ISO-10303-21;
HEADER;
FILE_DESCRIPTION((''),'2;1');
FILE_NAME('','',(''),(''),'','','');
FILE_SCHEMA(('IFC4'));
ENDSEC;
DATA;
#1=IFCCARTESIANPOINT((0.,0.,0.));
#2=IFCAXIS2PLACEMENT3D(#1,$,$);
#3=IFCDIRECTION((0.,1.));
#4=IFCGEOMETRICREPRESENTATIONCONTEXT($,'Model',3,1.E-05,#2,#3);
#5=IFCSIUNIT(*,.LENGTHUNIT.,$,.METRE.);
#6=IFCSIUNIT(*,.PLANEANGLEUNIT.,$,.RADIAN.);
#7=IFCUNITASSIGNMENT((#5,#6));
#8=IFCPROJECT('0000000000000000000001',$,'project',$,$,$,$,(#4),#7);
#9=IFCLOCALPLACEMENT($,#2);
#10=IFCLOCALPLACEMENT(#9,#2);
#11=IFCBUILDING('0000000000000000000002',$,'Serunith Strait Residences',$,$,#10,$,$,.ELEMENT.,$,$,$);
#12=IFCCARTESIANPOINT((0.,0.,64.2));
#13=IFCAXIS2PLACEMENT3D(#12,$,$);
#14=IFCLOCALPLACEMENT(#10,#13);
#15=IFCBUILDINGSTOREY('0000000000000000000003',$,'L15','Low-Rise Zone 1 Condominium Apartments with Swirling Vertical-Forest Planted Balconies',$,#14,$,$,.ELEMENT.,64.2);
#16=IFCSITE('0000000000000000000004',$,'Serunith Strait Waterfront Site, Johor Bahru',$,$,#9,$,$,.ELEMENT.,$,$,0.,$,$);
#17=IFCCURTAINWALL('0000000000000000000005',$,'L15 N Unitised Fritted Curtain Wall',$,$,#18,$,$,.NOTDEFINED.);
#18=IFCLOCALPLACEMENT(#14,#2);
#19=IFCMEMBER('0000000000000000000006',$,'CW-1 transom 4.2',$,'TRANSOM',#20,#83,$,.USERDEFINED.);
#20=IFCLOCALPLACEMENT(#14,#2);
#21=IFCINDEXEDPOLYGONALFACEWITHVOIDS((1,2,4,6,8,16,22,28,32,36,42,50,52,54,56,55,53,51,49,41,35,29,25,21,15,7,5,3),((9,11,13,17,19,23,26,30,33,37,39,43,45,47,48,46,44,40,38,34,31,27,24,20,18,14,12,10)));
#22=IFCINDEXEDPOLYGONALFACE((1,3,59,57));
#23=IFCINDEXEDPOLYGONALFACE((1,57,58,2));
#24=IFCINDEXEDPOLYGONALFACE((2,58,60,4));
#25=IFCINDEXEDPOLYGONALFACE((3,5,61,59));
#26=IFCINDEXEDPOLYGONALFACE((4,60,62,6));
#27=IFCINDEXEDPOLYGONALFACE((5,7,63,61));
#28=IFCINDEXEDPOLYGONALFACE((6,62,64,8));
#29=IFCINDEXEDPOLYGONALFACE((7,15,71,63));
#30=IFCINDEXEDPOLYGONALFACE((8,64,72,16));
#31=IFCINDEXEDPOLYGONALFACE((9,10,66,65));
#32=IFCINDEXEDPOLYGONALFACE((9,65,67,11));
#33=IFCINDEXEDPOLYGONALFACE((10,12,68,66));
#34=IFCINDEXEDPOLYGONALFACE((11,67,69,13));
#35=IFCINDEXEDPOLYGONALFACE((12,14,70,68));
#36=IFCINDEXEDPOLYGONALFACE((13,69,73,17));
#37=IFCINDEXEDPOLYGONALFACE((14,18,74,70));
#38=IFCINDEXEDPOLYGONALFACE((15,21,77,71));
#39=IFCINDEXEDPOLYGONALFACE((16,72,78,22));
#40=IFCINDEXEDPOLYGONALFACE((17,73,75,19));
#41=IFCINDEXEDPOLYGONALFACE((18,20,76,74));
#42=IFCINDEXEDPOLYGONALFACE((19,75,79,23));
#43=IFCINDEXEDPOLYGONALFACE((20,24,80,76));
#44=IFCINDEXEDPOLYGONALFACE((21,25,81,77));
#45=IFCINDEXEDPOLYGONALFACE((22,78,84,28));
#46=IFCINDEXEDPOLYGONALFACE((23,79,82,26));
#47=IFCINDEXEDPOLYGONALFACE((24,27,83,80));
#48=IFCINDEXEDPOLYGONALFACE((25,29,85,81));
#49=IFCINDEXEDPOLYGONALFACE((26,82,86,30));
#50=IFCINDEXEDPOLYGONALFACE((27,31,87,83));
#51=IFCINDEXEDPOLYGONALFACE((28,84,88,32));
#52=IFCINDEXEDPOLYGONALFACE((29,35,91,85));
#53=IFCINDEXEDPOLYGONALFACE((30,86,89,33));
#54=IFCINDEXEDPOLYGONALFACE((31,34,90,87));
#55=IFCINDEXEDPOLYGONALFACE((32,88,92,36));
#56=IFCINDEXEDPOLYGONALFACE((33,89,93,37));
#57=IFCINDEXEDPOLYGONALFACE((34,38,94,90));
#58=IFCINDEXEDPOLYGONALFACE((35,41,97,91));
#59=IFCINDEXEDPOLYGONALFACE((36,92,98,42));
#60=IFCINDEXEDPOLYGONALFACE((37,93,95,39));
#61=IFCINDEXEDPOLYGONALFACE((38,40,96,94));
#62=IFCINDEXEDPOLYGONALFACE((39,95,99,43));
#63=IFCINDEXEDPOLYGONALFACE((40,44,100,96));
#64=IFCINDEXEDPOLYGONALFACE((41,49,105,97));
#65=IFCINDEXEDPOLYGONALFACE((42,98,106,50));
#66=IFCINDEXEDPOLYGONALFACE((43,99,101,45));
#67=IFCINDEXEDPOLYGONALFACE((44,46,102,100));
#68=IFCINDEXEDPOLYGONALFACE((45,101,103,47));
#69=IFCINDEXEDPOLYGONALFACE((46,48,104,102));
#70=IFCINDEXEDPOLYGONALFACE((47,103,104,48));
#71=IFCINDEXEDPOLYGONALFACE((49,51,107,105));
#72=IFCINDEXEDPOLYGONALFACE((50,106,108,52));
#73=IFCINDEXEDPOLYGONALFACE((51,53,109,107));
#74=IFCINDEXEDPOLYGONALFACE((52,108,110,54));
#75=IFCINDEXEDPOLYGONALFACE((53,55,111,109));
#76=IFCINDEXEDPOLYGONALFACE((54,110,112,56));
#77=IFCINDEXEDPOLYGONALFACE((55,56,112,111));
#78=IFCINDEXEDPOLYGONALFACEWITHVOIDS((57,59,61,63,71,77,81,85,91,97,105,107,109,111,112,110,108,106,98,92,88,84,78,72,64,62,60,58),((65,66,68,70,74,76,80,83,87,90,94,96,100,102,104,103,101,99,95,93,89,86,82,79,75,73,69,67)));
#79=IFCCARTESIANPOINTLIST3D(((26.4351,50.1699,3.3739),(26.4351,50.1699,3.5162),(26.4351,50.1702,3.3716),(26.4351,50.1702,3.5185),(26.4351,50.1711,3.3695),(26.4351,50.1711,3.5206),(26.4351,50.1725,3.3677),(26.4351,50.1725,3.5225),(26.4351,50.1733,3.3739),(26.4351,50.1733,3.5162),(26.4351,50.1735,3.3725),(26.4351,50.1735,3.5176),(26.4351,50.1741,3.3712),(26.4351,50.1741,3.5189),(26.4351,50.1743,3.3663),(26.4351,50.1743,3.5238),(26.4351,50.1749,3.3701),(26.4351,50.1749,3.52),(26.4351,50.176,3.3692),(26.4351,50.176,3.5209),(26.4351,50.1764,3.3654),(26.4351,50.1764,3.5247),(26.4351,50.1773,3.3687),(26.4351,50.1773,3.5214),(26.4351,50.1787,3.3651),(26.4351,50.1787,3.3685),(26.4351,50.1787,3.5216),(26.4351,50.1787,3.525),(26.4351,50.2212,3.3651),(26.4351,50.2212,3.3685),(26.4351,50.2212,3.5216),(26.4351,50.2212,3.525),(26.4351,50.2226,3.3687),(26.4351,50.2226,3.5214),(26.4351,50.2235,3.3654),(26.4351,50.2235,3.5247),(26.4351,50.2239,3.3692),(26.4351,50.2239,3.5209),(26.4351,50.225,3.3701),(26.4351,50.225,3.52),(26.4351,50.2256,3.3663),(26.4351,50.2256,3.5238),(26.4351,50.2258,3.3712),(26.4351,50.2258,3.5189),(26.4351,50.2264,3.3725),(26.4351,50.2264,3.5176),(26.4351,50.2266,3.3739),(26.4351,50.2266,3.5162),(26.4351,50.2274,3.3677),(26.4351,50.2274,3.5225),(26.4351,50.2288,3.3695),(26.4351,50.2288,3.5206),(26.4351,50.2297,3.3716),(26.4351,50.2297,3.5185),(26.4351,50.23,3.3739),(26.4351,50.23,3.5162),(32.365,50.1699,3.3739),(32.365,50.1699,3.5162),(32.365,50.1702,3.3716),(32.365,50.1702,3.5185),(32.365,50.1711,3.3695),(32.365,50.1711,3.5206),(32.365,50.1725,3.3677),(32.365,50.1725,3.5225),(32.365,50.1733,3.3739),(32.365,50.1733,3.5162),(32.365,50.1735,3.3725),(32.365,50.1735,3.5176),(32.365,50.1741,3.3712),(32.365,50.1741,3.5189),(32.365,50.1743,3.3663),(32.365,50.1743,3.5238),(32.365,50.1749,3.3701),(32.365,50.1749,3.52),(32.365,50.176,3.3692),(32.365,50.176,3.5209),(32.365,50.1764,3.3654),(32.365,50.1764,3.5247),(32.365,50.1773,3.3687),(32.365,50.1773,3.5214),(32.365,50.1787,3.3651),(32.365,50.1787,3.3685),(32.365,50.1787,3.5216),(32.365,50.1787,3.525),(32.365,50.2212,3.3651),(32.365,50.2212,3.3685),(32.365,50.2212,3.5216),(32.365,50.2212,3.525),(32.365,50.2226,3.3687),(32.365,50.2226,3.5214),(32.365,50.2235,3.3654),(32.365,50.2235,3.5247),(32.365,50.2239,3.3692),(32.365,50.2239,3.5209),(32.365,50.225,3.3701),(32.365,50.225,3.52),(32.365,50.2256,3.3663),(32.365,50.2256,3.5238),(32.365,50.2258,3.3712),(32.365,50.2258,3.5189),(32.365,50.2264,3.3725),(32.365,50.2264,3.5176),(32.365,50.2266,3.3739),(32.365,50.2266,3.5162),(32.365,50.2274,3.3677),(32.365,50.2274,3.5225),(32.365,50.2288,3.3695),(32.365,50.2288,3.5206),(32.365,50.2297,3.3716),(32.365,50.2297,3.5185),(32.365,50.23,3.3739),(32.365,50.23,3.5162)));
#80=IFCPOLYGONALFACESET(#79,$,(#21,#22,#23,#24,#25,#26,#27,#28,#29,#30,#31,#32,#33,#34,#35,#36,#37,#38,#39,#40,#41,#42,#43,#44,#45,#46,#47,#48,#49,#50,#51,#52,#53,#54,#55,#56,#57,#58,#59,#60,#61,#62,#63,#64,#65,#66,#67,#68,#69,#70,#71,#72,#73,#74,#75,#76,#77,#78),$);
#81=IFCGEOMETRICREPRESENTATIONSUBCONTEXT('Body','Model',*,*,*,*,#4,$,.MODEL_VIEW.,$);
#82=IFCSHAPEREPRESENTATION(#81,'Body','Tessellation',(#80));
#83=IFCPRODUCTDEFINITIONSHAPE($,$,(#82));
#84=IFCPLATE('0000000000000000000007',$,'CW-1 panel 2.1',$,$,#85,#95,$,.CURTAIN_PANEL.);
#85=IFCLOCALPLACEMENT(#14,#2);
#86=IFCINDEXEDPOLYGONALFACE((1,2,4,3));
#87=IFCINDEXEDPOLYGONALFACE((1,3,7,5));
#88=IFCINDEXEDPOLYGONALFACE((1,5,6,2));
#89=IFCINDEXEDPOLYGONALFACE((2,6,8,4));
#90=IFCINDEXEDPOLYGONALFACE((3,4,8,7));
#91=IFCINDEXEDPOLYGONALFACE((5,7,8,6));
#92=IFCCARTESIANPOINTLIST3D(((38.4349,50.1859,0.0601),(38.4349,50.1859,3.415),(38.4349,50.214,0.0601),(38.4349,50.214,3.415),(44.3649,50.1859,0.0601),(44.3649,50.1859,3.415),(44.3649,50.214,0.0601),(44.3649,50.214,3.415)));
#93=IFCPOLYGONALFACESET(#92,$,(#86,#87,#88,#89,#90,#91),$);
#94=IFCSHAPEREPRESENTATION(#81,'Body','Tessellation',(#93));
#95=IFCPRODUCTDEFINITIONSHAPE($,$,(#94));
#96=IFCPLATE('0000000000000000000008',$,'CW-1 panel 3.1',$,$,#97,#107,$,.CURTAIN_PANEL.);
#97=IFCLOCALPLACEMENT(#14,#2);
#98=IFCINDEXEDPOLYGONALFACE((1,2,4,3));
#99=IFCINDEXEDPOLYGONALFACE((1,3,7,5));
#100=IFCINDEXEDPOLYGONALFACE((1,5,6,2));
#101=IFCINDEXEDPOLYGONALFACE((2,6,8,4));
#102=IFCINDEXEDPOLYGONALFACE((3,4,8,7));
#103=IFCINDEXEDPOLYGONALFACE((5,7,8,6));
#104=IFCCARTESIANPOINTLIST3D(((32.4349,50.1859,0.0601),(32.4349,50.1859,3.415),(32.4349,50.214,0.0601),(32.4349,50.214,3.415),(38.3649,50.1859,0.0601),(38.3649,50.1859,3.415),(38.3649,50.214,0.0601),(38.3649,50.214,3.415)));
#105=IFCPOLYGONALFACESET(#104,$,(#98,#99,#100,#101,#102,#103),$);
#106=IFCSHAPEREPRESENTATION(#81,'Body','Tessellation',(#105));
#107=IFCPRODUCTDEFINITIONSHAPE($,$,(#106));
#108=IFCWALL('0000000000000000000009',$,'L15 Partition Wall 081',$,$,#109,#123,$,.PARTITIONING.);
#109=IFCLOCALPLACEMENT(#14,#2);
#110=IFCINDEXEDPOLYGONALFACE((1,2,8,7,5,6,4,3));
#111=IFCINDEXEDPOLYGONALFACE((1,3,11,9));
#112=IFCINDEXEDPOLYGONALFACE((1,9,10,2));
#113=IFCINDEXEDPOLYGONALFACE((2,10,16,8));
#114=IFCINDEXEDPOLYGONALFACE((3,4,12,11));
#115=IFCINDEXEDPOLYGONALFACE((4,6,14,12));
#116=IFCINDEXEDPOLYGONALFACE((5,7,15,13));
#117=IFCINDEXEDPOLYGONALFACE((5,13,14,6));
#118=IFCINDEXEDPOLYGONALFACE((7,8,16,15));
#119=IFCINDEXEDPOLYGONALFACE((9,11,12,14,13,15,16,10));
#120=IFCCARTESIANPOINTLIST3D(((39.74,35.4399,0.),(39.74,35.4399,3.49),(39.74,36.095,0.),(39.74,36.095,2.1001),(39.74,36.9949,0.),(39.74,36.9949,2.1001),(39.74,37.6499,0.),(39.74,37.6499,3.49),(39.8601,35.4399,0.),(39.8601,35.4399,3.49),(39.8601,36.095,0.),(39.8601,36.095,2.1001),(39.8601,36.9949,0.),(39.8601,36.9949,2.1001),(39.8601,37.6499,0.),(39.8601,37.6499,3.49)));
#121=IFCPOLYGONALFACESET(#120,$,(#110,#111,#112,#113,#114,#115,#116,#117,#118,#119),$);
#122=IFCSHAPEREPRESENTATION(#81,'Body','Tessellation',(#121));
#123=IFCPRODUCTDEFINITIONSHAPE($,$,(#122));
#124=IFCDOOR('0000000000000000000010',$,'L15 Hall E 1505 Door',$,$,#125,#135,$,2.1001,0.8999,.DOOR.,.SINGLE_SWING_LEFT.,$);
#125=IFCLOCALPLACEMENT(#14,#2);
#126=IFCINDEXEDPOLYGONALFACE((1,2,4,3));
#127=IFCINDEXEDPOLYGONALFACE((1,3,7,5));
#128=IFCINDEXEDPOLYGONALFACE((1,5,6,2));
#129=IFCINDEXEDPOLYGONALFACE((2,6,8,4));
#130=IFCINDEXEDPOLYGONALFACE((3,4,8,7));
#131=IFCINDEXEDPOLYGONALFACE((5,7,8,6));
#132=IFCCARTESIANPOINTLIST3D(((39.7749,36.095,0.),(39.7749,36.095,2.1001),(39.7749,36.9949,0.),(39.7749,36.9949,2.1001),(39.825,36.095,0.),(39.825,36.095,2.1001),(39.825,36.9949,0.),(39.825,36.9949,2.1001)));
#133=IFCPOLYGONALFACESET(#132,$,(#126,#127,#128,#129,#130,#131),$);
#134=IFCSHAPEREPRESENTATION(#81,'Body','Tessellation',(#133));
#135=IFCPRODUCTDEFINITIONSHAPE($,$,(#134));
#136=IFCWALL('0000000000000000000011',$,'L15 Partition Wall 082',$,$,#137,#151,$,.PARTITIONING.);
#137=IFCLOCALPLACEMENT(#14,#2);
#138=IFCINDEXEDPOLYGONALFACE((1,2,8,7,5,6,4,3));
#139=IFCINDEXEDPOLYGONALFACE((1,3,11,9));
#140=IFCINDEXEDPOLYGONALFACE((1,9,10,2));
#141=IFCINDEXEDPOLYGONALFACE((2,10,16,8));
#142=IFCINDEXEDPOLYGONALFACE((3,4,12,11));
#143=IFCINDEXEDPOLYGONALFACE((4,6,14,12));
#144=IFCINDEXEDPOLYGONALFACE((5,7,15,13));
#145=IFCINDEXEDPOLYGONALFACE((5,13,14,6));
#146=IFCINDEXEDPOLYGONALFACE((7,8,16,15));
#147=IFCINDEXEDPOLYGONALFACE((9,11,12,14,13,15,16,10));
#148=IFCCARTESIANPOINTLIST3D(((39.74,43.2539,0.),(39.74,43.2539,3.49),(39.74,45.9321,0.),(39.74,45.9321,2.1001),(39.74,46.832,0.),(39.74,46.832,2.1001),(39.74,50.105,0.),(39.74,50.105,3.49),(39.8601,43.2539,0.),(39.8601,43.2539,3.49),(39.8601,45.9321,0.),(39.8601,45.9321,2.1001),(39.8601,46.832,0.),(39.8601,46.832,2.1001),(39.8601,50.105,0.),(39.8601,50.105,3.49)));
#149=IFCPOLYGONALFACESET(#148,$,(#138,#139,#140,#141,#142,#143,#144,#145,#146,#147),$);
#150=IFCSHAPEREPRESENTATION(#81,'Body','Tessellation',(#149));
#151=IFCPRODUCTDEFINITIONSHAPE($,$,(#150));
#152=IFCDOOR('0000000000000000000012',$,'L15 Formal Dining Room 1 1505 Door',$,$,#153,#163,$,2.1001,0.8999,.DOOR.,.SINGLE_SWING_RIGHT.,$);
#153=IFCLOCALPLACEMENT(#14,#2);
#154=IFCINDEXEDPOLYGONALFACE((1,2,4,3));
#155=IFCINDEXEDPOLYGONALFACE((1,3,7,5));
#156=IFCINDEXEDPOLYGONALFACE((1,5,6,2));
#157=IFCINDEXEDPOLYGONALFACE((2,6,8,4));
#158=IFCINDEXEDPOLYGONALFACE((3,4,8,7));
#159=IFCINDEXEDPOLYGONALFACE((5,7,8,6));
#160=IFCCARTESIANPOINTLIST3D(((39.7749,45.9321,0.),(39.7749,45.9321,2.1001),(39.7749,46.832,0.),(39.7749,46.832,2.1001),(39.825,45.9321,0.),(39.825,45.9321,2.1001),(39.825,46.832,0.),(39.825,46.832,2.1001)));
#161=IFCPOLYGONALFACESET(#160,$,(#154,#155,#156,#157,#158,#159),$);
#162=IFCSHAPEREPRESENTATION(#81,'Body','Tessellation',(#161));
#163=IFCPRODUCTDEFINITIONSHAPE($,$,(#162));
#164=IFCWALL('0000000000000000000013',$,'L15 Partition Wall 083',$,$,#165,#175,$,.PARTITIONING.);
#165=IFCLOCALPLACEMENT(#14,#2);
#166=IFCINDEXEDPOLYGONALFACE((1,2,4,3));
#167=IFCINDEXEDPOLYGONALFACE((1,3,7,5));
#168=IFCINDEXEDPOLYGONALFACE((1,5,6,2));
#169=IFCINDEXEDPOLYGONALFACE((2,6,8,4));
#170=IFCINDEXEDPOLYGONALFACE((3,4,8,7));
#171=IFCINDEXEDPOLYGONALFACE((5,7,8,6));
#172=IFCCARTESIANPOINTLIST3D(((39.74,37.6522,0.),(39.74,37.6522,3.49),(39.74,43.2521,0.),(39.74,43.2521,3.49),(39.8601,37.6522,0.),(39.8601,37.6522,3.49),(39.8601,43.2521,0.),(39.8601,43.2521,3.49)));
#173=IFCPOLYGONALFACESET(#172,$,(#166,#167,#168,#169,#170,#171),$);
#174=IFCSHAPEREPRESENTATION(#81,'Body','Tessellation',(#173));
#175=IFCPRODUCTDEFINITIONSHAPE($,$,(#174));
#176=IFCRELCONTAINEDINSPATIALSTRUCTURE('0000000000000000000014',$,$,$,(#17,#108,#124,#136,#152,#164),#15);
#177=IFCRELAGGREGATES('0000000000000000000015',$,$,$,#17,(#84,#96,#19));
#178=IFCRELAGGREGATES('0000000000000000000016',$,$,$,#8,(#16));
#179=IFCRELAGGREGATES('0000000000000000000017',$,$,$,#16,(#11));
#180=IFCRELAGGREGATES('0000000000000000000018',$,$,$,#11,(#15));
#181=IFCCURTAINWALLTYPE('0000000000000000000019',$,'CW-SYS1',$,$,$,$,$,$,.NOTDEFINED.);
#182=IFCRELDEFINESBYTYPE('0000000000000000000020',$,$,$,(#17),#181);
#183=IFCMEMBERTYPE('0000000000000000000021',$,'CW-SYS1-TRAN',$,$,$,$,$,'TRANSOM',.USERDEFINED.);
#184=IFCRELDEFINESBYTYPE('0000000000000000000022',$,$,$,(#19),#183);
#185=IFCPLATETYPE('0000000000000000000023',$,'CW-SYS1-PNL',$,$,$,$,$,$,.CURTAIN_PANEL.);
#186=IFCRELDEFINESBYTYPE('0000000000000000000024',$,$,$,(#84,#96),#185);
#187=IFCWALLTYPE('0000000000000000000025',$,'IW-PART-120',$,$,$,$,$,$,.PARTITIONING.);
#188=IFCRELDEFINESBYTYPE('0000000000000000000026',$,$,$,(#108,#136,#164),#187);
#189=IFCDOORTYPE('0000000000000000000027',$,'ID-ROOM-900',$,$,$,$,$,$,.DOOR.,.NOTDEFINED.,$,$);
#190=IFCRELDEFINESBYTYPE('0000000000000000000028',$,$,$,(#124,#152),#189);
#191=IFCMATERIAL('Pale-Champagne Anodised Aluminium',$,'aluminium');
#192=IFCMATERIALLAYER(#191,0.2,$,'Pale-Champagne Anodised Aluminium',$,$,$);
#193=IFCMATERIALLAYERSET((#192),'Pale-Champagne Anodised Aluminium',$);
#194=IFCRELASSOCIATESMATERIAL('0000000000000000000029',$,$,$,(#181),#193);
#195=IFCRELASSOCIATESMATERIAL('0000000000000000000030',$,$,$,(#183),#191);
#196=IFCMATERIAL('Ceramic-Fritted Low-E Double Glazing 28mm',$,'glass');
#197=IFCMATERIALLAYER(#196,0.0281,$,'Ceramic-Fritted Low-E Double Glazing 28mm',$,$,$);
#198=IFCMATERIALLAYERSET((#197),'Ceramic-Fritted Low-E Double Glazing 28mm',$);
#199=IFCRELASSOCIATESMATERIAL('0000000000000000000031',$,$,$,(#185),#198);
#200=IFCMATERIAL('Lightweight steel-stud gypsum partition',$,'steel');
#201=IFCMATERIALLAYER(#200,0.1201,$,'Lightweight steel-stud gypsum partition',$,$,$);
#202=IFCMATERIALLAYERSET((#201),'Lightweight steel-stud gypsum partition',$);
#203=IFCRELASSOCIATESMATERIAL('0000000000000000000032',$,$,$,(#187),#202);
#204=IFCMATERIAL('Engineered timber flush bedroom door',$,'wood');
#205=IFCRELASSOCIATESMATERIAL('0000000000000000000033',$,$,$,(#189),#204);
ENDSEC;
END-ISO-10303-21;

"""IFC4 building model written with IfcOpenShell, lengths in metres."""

from ifc_helpers import new_model, si_unit, direction, frame, frame_2d, origin, origin_2d, place, context, subcontext, project, spatial, rectangle, hollow_rectangle, extrude, source, transform, mapped, material, layer, layer_set, material_profile, profile_set, type_object, element, fill, aggregate, save


model = new_model("IFC4")

# Units and contexts
model_context = context("Model", 3, precision=1e-05, world=origin(), true_north=direction((0.0, 1.0)))
body_context = subcontext(model_context, "Body", "Model", "MODEL_VIEW")
ifc_project = project(units=[si_unit("LENGTHUNIT", "METRE"), si_unit("PLANEANGLEUNIT", "RADIAN")], contexts=[model_context])

# Site, building, storey
site_placement = place(None, origin())
site = spatial("IfcSite", under=ifc_project, at=site_placement, Name="Serunith Strait Waterfront Site, Johor Bahru", CompositionType="ELEMENT", RefElevation=0.0)
building_placement = place(site_placement, origin())
building = spatial("IfcBuilding", under=site, at=building_placement, Name="Serunith Strait Residences", CompositionType="ELEMENT")
storey_placement = place(building_placement, frame((0.0, 0.0, 64.2)))
storey = spatial("IfcBuildingStorey", under=building, at=storey_placement, Name="L15", Description="Low-Rise Zone 1 Condominium Apartments with Swirling Vertical-Forest Planted Balconies", CompositionType="ELEMENT", Elevation=64.2)

# Curtain wall, member, plates
ifc_material_1 = material(Name="Pale-Champagne Anodised Aluminium", Category="aluminium")
ifc_layer_1 = layer(ifc_material_1, 0.2, Name="Pale-Champagne Anodised Aluminium")
ifc_layer_set_1 = layer_set([ifc_layer_1], Name="Pale-Champagne Anodised Aluminium")
curtain_wall_type = type_object("IfcCurtainWallType", Name="CW-SYS1", PredefinedType="NOTDEFINED", material=ifc_layer_set_1)
curtain_wall_placement = place(storey_placement, origin())
curtain_wall = element("IfcCurtainWall", 1, at=curtain_wall_placement, inside=storey, type_object=curtain_wall_type, Name="L15 N Unitised Fritted Curtain Wall", PredefinedType="NOTDEFINED")
ifc_material_profile_1 = material_profile(ifc_material_1, hollow_rectangle(XDim=0.0601, YDim=0.1599, WallThickness=0.0034, InnerFilletRadius=0.0054, OuterFilletRadius=0.0088, at=origin_2d()), Name="ALU 160x60x3.5")
ifc_profile_set_1 = profile_set([ifc_material_profile_1], Name="Pale-Champagne Anodised Aluminium")
member_type_1 = type_object("IfcMemberType", Name="CW-SYS1-TRAN", ElementType="TRANSOM", PredefinedType="USERDEFINED", material=ifc_profile_set_1)
shared_shape_1 = source(origin(), body_context, "Body", "SweptSolid", [
    extrude(hollow_rectangle(XDim=0.0601, YDim=0.1599, WallThickness=0.0034, InnerFilletRadius=0.0054, OuterFilletRadius=0.0088, at=origin_2d()), origin(), (0.0, 0.0, 1.0), 5.9299),
])
member_1_placement = place(storey_placement, frame((32.365, 50.2, 3.4451), z_axis=(-1.0, 0.0, 0.0), x_axis=(0.0, -1.0, 0.0)))
member_1 = element("IfcMember", 2, at=member_1_placement, type_object=member_type_1, Name="CW-1 transom 4.2", ObjectType="TRANSOM", PredefinedType="USERDEFINED", context=body_context, shape_type="MappedRepresentation", body=[
    mapped(shared_shape_1, transform((0.0, 0.0, 0.0), scale=1.0)),
])
ifc_material_2 = material(Name="Ceramic-Fritted Low-E Double Glazing 28mm", Category="glass")
ifc_layer_2 = layer(ifc_material_2, 0.0281, Name="Ceramic-Fritted Low-E Double Glazing 28mm")
ifc_layer_set_2 = layer_set([ifc_layer_2], Name="Ceramic-Fritted Low-E Double Glazing 28mm")
plate_type = type_object("IfcPlateType", Name="CW-SYS1-PNL", PredefinedType="CURTAIN_PANEL", material=ifc_layer_set_2)
shared_shape_2 = source(origin(), body_context, "Body", "SweptSolid", [
    extrude(rectangle(XDim=5.9299, YDim=0.0281, at=origin_2d()), origin(), (0.0, 0.0, 1.0), 3.355),
])
plate_1_placement = place(storey_placement, frame((41.3999, 50.2, 0.0601), z_axis=(0.0, 0.0, 1.0), x_axis=(-1.0, 0.0, 0.0)))
plate_1 = element("IfcPlate", 3, at=plate_1_placement, type_object=plate_type, Name="CW-1 panel 2.1", PredefinedType="CURTAIN_PANEL", context=body_context, shape_type="MappedRepresentation", body=[
    mapped(shared_shape_2, transform((0.0, 0.0, 0.0), scale=1.0)),
])
plate_2_placement = place(storey_placement, frame((35.3999, 50.2, 0.0601), z_axis=(0.0, 0.0, 1.0), x_axis=(-1.0, 0.0, 0.0)))
plate_2 = element("IfcPlate", 4, at=plate_2_placement, type_object=plate_type, Name="CW-1 panel 3.1", PredefinedType="CURTAIN_PANEL", context=body_context, shape_type="MappedRepresentation", body=[
    mapped(shared_shape_2, transform((0.0, 0.0, 0.0), scale=1.0)),
])
aggregate(curtain_wall, [plate_1, plate_2, member_1])

# Walls, openings, doors
ifc_material_3 = material(Name="Lightweight steel-stud gypsum partition", Category="steel")
ifc_layer_3 = layer(ifc_material_3, 0.1201, Name="Lightweight steel-stud gypsum partition")
ifc_layer_set_3 = layer_set([ifc_layer_3], Name="Lightweight steel-stud gypsum partition")
wall_type = type_object("IfcWallType", Name="IW-PART-120", PredefinedType="PARTITIONING", material=ifc_layer_set_3)
wall_1_placement = place(storey_placement, frame((39.8, 37.6499, 0.0), z_axis=(0.0, 0.0, 1.0), x_axis=(0.0, -1.0, 0.0)))
wall_1 = element("IfcWall", 5, at=wall_1_placement, inside=storey, type_object=wall_type, Name="L15 Partition Wall 081", PredefinedType="PARTITIONING", context=body_context, shape_type="SweptSolid", body=[
    extrude(rectangle(XDim=2.21, YDim=0.1201, at=frame_2d((1.105, 0.0))), origin(), (0.0, 0.0, 1.0), 3.49),
])
opening_1_placement = place(wall_1_placement, frame((0.655, 0.0, 0.0)))
opening_1 = element("IfcOpeningElement", 6, at=opening_1_placement, cuts=wall_1, PredefinedType="OPENING", context=body_context, shape_type="SweptSolid", body=[
    extrude(rectangle(XDim=0.8999, YDim=2.1001, at=frame_2d((0.45, 1.05))), frame((0.0, 0.0701, 0.0), z_axis=(0.0, -1.0, 0.0), x_axis=(1.0, 0.0, 0.0)), (0.0, 0.0, 1.0), 0.1401),
])
ifc_material_4 = material(Name="Engineered timber flush bedroom door", Category="wood")
door_type_1 = type_object("IfcDoorType", Name="ID-ROOM-900", OperationType="NOTDEFINED", PredefinedType="DOOR", material=ifc_material_4)
shared_shape_3 = source(origin(), body_context, "Body", "SweptSolid", [
    extrude(rectangle(XDim=0.8999, YDim=2.1001, at=frame_2d((0.45, 1.05))), frame((0.0, 0.0249, 0.0), z_axis=(0.0, -1.0, 0.0), x_axis=(1.0, 0.0, 0.0)), (0.0, 0.0, 1.0), 0.05),
])
door_1_placement = place(opening_1_placement, origin())
door_1 = element("IfcDoor", 7, at=door_1_placement, inside=storey, type_object=door_type_1, Name="L15 Hall E 1505 Door", OperationType="SINGLE_SWING_LEFT", OverallHeight=2.1001, OverallWidth=0.8999, PredefinedType="DOOR", context=body_context, shape_type="MappedRepresentation", body=[
    mapped(shared_shape_3, transform((0.0, 0.0, 0.0), scale=1.0)),
])
fill(opening_1, door_1)
wall_2_placement = place(storey_placement, frame((39.8, 50.105, 0.0), z_axis=(0.0, 0.0, 1.0), x_axis=(0.0, -1.0, 0.0)))
wall_2 = element("IfcWall", 8, at=wall_2_placement, inside=storey, type_object=wall_type, Name="L15 Partition Wall 082", PredefinedType="PARTITIONING", context=body_context, shape_type="SweptSolid", body=[
    extrude(rectangle(XDim=6.8511, YDim=0.1201, at=frame_2d((3.4255, 0.0))), origin(), (0.0, 0.0, 1.0), 3.49),
])
opening_2_placement = place(wall_2_placement, frame((3.2729, 0.0, 0.0)))
opening_2 = element("IfcOpeningElement", 9, at=opening_2_placement, cuts=wall_2, PredefinedType="OPENING", context=body_context, shape_type="SweptSolid", body=[
    extrude(rectangle(XDim=0.8999, YDim=2.1001, at=frame_2d((0.45, 1.05))), frame((0.0, 0.0701, 0.0), z_axis=(0.0, -1.0, 0.0), x_axis=(1.0, 0.0, 0.0)), (0.0, 0.0, 1.0), 0.1401),
])
door_2_placement = place(opening_2_placement, origin())
door_2 = element("IfcDoor", 10, at=door_2_placement, inside=storey, type_object=door_type_1, Name="L15 Formal Dining Room 1 1505 Door", OperationType="SINGLE_SWING_RIGHT", OverallHeight=2.1001, OverallWidth=0.8999, PredefinedType="DOOR", context=body_context, shape_type="MappedRepresentation", body=[
    mapped(shared_shape_3, transform((0.0, 0.0, 0.0), scale=1.0)),
])
fill(opening_2, door_2)

# Wall
wall_3_placement = place(storey_placement, frame((39.8, 43.252, 0.0), z_axis=(0.0, 0.0, 1.0), x_axis=(0.0, -1.0, 0.0)))
element("IfcWall", 11, at=wall_3_placement, inside=storey, type_object=wall_type, Name="L15 Partition Wall 083", PredefinedType="PARTITIONING", context=body_context, shape_type="SweptSolid", body=[
    extrude(rectangle(XDim=5.5999, YDim=0.1201, at=frame_2d((2.7998, 0.0))), origin(), (0.0, 0.0, 1.0), 3.49),
])

save(model, "model.ifc")
